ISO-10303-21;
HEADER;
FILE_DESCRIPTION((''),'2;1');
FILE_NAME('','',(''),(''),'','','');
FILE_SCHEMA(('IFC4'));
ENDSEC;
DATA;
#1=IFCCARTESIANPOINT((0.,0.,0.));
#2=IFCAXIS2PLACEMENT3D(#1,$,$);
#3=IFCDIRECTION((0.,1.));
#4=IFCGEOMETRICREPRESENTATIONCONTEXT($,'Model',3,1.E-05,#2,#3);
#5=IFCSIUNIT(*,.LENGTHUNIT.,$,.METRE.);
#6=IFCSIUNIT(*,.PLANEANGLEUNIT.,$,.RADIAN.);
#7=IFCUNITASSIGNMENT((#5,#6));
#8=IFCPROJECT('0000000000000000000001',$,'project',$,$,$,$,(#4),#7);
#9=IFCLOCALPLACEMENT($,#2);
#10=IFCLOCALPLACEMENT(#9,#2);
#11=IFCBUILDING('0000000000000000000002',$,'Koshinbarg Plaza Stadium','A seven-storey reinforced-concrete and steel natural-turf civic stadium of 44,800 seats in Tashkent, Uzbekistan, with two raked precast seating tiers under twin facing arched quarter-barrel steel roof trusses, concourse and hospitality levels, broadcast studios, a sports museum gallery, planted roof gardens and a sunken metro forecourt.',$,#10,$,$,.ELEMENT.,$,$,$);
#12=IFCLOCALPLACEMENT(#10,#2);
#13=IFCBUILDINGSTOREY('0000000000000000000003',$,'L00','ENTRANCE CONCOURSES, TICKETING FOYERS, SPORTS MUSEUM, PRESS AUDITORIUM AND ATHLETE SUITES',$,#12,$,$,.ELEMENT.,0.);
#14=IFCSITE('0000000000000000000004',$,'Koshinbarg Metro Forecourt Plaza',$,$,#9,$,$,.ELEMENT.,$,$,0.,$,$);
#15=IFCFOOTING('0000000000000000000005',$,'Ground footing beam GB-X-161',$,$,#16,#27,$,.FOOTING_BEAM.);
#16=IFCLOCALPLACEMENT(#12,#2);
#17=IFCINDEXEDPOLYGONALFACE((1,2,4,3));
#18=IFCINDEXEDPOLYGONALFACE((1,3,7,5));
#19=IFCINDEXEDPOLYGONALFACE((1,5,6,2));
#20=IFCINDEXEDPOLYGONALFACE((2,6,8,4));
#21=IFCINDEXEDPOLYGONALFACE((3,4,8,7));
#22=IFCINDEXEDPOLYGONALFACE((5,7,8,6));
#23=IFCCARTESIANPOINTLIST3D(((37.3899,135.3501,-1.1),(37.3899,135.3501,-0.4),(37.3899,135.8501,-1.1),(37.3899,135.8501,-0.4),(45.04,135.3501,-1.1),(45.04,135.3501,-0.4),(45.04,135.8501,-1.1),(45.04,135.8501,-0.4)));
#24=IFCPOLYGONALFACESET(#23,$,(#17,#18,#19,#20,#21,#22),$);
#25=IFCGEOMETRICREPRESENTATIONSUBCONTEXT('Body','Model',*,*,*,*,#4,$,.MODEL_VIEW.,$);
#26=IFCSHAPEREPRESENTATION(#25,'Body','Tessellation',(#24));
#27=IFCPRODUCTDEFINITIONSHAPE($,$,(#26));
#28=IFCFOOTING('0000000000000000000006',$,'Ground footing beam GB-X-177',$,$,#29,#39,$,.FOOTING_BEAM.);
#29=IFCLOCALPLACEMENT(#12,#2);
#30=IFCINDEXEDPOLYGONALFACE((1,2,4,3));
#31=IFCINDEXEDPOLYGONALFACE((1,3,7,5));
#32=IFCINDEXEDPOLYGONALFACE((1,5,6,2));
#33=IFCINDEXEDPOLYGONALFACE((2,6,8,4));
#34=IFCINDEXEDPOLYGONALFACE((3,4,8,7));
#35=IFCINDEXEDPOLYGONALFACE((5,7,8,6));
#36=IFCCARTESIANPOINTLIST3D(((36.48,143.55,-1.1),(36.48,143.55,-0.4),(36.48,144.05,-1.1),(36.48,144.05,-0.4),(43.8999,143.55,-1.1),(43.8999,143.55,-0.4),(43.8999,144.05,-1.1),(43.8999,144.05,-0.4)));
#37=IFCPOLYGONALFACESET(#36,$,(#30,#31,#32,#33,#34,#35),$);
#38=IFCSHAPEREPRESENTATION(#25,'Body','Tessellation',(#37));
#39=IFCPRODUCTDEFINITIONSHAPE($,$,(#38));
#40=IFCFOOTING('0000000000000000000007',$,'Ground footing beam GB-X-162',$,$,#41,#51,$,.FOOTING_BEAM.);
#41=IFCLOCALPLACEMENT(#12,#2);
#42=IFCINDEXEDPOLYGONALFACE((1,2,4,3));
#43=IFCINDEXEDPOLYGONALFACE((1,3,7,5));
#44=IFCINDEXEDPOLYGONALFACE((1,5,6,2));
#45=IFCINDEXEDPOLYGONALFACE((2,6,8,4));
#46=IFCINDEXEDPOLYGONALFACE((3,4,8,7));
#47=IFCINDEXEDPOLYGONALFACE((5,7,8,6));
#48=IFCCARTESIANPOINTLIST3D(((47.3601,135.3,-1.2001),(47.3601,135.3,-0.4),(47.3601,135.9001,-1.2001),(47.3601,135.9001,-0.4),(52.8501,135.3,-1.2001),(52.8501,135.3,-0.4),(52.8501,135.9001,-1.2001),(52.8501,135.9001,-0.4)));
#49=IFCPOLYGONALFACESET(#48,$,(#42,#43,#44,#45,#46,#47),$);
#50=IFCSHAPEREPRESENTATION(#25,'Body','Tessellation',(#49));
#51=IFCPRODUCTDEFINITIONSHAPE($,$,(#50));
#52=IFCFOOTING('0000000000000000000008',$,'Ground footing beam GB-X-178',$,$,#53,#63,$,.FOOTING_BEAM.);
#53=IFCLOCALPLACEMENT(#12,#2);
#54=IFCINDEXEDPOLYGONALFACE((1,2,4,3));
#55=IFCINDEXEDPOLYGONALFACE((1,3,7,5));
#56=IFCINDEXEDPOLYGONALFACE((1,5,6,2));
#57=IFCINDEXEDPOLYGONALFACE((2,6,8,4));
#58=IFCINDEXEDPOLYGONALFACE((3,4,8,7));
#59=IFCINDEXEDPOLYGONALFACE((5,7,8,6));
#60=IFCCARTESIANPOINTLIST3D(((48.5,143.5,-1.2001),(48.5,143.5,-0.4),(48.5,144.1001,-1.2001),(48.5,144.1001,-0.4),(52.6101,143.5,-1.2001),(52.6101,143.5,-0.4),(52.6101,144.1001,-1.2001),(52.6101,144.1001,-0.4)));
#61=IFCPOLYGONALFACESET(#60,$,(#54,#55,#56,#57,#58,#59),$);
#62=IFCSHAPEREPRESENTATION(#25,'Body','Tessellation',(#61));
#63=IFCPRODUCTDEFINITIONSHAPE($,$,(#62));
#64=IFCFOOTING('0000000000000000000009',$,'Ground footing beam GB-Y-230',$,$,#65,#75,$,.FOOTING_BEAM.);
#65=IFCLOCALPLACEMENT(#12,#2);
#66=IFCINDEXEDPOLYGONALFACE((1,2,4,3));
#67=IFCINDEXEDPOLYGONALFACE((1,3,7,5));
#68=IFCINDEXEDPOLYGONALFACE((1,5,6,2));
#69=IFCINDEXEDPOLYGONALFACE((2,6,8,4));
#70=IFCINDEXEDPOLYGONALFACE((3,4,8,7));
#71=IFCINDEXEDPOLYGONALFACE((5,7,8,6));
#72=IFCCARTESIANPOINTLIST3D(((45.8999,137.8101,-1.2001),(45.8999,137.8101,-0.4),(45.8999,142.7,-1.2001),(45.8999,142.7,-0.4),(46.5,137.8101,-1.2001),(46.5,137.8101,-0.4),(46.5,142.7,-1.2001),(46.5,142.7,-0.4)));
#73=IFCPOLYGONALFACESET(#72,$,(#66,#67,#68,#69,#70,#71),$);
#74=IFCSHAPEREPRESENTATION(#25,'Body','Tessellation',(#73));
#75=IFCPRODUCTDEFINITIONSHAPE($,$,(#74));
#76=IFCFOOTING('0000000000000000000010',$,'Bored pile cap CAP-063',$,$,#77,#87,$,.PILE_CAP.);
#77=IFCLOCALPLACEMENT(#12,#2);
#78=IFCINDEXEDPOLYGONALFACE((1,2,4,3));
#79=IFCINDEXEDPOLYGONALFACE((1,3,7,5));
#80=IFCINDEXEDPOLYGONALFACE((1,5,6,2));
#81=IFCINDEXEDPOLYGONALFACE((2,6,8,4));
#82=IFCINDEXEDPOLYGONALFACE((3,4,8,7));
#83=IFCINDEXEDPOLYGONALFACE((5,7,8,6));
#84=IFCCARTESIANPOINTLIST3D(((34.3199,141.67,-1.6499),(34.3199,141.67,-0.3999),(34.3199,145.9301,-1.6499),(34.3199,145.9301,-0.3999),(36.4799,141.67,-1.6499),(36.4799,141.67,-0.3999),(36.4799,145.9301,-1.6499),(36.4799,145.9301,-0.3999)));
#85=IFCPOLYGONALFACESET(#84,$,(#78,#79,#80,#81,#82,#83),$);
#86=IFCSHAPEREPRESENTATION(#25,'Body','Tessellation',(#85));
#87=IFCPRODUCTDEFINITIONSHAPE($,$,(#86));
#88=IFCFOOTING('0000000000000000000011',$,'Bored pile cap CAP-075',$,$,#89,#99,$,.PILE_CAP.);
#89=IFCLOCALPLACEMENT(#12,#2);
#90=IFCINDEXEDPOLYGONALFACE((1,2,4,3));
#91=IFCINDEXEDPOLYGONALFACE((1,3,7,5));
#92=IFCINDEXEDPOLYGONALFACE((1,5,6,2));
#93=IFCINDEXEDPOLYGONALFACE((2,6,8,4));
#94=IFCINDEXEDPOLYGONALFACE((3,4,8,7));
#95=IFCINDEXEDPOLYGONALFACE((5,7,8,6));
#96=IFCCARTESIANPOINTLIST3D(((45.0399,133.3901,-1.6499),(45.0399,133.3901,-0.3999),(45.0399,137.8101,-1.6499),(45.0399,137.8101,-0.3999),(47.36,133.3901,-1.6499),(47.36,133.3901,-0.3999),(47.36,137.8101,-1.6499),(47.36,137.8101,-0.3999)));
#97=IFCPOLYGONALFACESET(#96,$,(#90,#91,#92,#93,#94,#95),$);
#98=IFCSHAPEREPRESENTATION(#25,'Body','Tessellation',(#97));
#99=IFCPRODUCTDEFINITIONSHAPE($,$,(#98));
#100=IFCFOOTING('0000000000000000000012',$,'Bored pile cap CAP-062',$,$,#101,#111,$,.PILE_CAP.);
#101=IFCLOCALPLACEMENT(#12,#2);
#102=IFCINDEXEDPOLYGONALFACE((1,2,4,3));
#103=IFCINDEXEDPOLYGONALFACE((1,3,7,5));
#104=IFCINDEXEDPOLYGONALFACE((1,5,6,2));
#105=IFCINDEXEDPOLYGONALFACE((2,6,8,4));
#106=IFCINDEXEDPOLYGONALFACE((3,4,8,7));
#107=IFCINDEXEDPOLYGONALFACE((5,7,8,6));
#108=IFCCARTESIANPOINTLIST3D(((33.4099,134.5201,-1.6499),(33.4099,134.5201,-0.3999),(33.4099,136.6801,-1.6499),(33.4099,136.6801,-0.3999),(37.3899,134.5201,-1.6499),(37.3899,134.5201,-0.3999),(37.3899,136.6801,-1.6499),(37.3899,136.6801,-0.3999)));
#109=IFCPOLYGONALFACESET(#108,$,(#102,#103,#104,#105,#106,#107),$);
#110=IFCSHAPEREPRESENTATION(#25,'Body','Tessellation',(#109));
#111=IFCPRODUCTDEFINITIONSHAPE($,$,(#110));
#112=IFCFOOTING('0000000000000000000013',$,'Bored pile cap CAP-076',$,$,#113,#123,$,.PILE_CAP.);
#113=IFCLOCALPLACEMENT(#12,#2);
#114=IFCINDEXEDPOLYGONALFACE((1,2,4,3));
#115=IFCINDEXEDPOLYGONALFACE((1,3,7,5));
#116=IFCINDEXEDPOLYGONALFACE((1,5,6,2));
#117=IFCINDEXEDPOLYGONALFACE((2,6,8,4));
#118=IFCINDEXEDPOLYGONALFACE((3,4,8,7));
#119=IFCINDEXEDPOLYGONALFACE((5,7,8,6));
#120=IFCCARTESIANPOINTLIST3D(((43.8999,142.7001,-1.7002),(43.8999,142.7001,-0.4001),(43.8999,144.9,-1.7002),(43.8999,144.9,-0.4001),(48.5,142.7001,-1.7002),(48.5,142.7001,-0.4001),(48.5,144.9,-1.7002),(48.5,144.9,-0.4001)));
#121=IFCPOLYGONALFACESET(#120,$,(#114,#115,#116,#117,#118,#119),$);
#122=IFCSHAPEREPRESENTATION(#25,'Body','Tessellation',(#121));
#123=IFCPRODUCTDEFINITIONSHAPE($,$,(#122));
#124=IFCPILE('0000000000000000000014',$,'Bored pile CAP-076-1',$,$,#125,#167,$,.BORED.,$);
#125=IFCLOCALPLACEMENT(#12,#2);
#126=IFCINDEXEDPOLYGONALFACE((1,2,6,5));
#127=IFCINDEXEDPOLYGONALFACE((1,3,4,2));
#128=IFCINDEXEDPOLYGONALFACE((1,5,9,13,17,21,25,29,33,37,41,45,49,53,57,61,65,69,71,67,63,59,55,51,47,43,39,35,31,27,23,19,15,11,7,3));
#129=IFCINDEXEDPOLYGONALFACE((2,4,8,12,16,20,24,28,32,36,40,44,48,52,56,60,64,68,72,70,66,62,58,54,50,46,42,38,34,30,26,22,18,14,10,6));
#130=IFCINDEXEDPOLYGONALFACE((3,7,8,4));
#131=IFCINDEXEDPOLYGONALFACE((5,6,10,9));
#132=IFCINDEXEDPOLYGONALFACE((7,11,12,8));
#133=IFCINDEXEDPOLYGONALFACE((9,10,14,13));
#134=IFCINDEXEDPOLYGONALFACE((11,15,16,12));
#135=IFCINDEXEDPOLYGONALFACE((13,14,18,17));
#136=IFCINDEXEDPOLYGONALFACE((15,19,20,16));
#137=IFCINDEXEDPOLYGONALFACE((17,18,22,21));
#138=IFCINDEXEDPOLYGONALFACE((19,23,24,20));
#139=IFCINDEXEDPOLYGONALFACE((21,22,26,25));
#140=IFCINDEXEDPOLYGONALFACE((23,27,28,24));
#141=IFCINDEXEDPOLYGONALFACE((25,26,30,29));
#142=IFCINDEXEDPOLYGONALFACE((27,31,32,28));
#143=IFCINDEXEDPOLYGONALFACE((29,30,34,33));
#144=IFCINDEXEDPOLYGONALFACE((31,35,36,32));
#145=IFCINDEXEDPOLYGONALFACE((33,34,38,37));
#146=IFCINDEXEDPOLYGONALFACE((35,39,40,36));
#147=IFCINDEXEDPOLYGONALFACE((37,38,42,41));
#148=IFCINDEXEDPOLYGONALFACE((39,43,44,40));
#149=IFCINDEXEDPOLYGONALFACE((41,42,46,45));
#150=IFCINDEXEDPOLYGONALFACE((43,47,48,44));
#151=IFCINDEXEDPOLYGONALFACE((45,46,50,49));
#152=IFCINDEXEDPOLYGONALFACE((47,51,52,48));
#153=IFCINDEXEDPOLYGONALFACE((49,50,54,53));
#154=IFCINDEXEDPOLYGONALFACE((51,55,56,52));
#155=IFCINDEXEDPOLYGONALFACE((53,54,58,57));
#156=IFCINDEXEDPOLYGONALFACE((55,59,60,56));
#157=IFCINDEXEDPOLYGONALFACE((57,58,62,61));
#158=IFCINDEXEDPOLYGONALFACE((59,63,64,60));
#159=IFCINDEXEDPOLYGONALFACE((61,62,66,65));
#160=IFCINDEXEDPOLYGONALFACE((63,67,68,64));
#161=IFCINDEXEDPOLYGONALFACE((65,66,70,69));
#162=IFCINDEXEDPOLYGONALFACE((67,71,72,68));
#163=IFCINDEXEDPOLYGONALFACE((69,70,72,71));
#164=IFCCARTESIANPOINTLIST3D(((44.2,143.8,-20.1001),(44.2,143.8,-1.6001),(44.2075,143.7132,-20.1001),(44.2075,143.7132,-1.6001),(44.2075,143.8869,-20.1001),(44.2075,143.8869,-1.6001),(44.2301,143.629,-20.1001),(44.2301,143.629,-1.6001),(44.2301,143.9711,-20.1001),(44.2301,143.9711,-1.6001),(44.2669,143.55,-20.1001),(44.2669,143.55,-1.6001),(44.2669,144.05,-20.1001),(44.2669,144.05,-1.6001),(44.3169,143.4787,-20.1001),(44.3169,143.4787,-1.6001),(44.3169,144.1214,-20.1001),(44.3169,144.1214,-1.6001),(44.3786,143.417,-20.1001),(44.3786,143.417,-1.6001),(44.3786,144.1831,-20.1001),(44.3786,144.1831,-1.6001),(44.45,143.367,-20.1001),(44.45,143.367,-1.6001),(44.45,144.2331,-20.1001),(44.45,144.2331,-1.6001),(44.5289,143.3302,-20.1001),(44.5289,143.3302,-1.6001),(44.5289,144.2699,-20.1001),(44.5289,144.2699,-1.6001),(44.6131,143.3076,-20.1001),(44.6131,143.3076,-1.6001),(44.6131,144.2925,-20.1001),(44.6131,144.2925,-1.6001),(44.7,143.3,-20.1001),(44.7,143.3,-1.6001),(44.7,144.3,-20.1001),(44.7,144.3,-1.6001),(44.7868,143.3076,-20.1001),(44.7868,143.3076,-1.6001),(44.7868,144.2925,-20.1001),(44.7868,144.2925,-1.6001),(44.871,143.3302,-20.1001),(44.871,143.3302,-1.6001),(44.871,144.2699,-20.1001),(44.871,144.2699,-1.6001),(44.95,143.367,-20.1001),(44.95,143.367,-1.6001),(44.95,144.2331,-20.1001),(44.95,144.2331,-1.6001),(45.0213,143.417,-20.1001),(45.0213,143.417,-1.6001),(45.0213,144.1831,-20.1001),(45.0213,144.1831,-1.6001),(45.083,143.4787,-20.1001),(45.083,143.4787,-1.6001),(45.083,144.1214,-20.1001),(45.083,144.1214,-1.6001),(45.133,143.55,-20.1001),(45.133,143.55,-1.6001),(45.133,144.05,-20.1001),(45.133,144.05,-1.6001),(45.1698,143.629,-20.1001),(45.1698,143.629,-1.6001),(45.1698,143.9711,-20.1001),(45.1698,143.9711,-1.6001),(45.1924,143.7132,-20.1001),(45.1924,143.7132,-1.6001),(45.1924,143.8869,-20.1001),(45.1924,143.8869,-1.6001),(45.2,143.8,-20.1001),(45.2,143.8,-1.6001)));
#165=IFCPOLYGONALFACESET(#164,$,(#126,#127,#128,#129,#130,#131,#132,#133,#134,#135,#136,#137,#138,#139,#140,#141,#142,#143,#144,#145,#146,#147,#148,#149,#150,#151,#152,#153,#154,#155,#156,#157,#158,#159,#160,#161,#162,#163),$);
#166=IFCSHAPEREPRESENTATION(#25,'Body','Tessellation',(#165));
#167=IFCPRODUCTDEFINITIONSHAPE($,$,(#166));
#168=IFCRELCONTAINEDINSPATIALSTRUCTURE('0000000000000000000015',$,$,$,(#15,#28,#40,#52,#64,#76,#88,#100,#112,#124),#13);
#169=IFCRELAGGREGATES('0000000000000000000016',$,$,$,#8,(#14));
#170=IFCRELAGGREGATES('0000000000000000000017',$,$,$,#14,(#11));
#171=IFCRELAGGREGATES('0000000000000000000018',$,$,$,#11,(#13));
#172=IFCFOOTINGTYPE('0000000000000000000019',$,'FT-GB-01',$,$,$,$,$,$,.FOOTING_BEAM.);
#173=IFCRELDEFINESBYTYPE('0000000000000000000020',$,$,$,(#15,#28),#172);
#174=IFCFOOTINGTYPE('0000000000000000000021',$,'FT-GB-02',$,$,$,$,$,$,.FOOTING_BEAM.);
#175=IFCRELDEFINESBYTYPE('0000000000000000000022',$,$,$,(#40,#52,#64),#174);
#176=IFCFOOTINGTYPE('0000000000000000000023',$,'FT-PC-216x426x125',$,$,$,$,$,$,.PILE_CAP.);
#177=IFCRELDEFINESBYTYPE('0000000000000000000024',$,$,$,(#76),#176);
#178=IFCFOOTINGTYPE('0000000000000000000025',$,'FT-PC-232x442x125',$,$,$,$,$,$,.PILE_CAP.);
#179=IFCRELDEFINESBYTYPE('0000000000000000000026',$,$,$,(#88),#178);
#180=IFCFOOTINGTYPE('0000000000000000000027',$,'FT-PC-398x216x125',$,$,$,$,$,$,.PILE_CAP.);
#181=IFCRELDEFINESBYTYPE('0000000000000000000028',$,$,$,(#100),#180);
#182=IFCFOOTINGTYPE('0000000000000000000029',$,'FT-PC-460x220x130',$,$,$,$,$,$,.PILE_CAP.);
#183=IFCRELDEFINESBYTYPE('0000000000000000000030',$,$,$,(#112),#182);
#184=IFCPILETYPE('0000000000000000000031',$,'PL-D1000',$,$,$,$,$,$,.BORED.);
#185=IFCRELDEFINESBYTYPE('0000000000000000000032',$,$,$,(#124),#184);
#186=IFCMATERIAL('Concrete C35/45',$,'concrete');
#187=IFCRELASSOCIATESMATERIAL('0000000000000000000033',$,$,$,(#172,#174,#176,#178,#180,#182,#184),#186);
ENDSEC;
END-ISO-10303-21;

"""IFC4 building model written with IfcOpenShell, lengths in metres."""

from ifc_helpers import new_model, si_unit, direction, frame, origin, origin_2d, place, context, subcontext, project, spatial, rectangle, circle, extrude, material, material_profile, profile_set, type_object, element, save


model = new_model("IFC4")

# Units and contexts
model_context = context("Model", 3, precision=1e-05, world=origin(), true_north=direction((0.0, 1.0)))
body_context = subcontext(model_context, "Body", "Model", "MODEL_VIEW")
ifc_project = project(units=[si_unit("LENGTHUNIT", "METRE"), si_unit("PLANEANGLEUNIT", "RADIAN")], contexts=[model_context])

# Site, building, storey
site_placement = place(None, origin())
site = spatial("IfcSite", under=ifc_project, at=site_placement, Name="Koshinbarg Metro Forecourt Plaza", CompositionType="ELEMENT", RefElevation=0.0)
building_placement = place(site_placement, origin())
building = spatial("IfcBuilding", under=site, at=building_placement, Name="Koshinbarg Plaza Stadium", Description="A seven-storey reinforced-concrete and steel natural-turf civic stadium of 44,800 seats in Tashkent, Uzbekistan, with two raked precast seating tiers under twin facing arched quarter-barrel steel roof trusses, concourse and hospitality levels, broadcast studios, a sports museum gallery, planted roof gardens and a sunken metro forecourt.", CompositionType="ELEMENT")
storey_placement = place(building_placement, origin())
storey = spatial("IfcBuildingStorey", under=building, at=storey_placement, Name="L00", Description="ENTRANCE CONCOURSES, TICKETING FOYERS, SPORTS MUSEUM, PRESS AUDITORIUM AND ATHLETE SUITES", CompositionType="ELEMENT", Elevation=0.0)

# Footings
ifc_material_1 = material(Name="Concrete C35/45", Category="concrete")
ifc_material_profile_1 = material_profile(ifc_material_1, rectangle(XDim=0.5, YDim=0.7, at=origin_2d()), Name="GB 500x700")
ifc_profile_set_1 = profile_set([ifc_material_profile_1], Name="Concrete C35/45")
footing_type_1 = type_object("IfcFootingType", Name="FT-GB-01", PredefinedType="FOOTING_BEAM", material=ifc_profile_set_1)
footing_1_placement = place(storey_placement, frame((37.3899, 135.6001, -0.75), z_axis=(1.0, 0.0, 0.0), x_axis=(0.0, 1.0, 0.0)))
element("IfcFooting", 1, at=footing_1_placement, inside=storey, type_object=footing_type_1, Name="Ground footing beam GB-X-161", PredefinedType="FOOTING_BEAM", context=body_context, shape_type="SweptSolid", body=[
    extrude(rectangle(XDim=0.5, YDim=0.7, at=origin_2d()), origin(), (0.0, 0.0, 1.0), 7.6501),
])
footing_2_placement = place(storey_placement, frame((36.48, 143.8, -0.75), z_axis=(1.0, 0.0, 0.0), x_axis=(0.0, 1.0, 0.0)))
element("IfcFooting", 2, at=footing_2_placement, inside=storey, type_object=footing_type_1, Name="Ground footing beam GB-X-177", PredefinedType="FOOTING_BEAM", context=body_context, shape_type="SweptSolid", body=[
    extrude(rectangle(XDim=0.5, YDim=0.7, at=origin_2d()), origin(), (0.0, 0.0, 1.0), 7.4199),
])
ifc_material_profile_2 = material_profile(ifc_material_1, rectangle(XDim=0.6001, YDim=0.8, at=origin_2d()), Name="GB 600x800")
ifc_profile_set_2 = profile_set([ifc_material_profile_2], Name="Concrete C35/45")
footing_type_2 = type_object("IfcFootingType", Name="FT-GB-02", PredefinedType="FOOTING_BEAM", material=ifc_profile_set_2)
footing_3_placement = place(storey_placement, frame((47.3601, 135.6001, -0.8), z_axis=(1.0, 0.0, 0.0), x_axis=(0.0, 1.0, 0.0)))
element("IfcFooting", 3, at=footing_3_placement, inside=storey, type_object=footing_type_2, Name="Ground footing beam GB-X-162", PredefinedType="FOOTING_BEAM", context=body_context, shape_type="SweptSolid", body=[
    extrude(rectangle(XDim=0.6001, YDim=0.8, at=origin_2d()), origin(), (0.0, 0.0, 1.0), 5.49),
])
footing_4_placement = place(storey_placement, frame((48.5, 143.8, -0.8), z_axis=(1.0, 0.0, 0.0), x_axis=(0.0, 1.0, 0.0)))
element("IfcFooting", 4, at=footing_4_placement, inside=storey, type_object=footing_type_2, Name="Ground footing beam GB-X-178", PredefinedType="FOOTING_BEAM", context=body_context, shape_type="SweptSolid", body=[
    extrude(rectangle(XDim=0.6001, YDim=0.8, at=origin_2d()), origin(), (0.0, 0.0, 1.0), 4.1101),
])
footing_5_placement = place(storey_placement, frame((46.2, 137.8101, -0.8), z_axis=(0.0, 1.0, 0.0), x_axis=(-1.0, 0.0, 0.0)))
element("IfcFooting", 5, at=footing_5_placement, inside=storey, type_object=footing_type_2, Name="Ground footing beam GB-Y-230", PredefinedType="FOOTING_BEAM", context=body_context, shape_type="SweptSolid", body=[
    extrude(rectangle(XDim=0.6001, YDim=0.8, at=origin_2d()), origin(), (0.0, 0.0, 1.0), 4.8899),
])
footing_type_3 = type_object("IfcFootingType", Name="FT-PC-216x426x125", PredefinedType="PILE_CAP", material=ifc_material_1)
footing_6_placement = place(storey_placement, frame((35.3999, 143.8, -1.6499), z_axis=(0.0, 0.0, 1.0), x_axis=(1.0, 0.0, 0.0)))
element("IfcFooting", 6, at=footing_6_placement, inside=storey, type_object=footing_type_3, Name="Bored pile cap CAP-063", PredefinedType="PILE_CAP", context=body_context, shape_type="SweptSolid", body=[
    extrude(rectangle(XDim=2.1599, YDim=4.26, at=origin_2d()), origin(), (0.0, 0.0, 1.0), 1.25),
])
footing_type_4 = type_object("IfcFootingType", Name="FT-PC-232x442x125", PredefinedType="PILE_CAP", material=ifc_material_1)
footing_7_placement = place(storey_placement, frame((46.2, 135.6001, -1.6499), z_axis=(0.0, 0.0, 1.0), x_axis=(1.0, 0.0, 0.0)))
element("IfcFooting", 7, at=footing_7_placement, inside=storey, type_object=footing_type_4, Name="Bored pile cap CAP-075", PredefinedType="PILE_CAP", context=body_context, shape_type="SweptSolid", body=[
    extrude(rectangle(XDim=2.3201, YDim=4.4199, at=origin_2d()), origin(), (0.0, 0.0, 1.0), 1.25),
])
footing_type_5 = type_object("IfcFootingType", Name="FT-PC-398x216x125", PredefinedType="PILE_CAP", material=ifc_material_1)
footing_8_placement = place(storey_placement, frame((35.3999, 135.6001, -1.6499), z_axis=(0.0, 0.0, 1.0), x_axis=(1.0, 0.0, 0.0)))
element("IfcFooting", 8, at=footing_8_placement, inside=storey, type_object=footing_type_5, Name="Bored pile cap CAP-062", PredefinedType="PILE_CAP", context=body_context, shape_type="SweptSolid", body=[
    extrude(rectangle(XDim=3.98, YDim=2.1599, at=origin_2d()), origin(), (0.0, 0.0, 1.0), 1.25),
])
footing_type_6 = type_object("IfcFootingType", Name="FT-PC-460x220x130", PredefinedType="PILE_CAP", material=ifc_material_1)
footing_9_placement = place(storey_placement, frame((46.2, 143.8, -1.7002), z_axis=(0.0, 0.0, 1.0), x_axis=(1.0, 0.0, 0.0)))
element("IfcFooting", 9, at=footing_9_placement, inside=storey, type_object=footing_type_6, Name="Bored pile cap CAP-076", PredefinedType="PILE_CAP", context=body_context, shape_type="SweptSolid", body=[
    extrude(rectangle(XDim=4.6001, YDim=2.2, at=origin_2d()), origin(), (0.0, 0.0, 1.0), 1.3),
])

# Pile
ifc_material_profile_3 = material_profile(ifc_material_1, circle(Radius=0.5, at=origin_2d()), Name="PILE D1000")
ifc_profile_set_3 = profile_set([ifc_material_profile_3], Name="Concrete C35/45")
pile_type_1 = type_object("IfcPileType", Name="PL-D1000", PredefinedType="BORED", material=ifc_profile_set_3)
for number, where, z_axis, x_axis, name in (
    (10, (44.7, 143.8, -1.6001), (0.0, 0.0, -1.0), (1.0, 0.0, 0.0), "Bored pile CAP-076-1"),
):
    element("IfcPile", number, at=place(storey_placement, frame(where, z_axis=z_axis, x_axis=x_axis)), inside=storey, type_object=pile_type_1, Name=name, PredefinedType="BORED", context=body_context, shape_type="SweptSolid", body=[
        extrude(circle(Radius=0.5, at=origin_2d()), origin(), (0.0, 0.0, 1.0), 18.5),
    ])

save(model, "model.ifc")
